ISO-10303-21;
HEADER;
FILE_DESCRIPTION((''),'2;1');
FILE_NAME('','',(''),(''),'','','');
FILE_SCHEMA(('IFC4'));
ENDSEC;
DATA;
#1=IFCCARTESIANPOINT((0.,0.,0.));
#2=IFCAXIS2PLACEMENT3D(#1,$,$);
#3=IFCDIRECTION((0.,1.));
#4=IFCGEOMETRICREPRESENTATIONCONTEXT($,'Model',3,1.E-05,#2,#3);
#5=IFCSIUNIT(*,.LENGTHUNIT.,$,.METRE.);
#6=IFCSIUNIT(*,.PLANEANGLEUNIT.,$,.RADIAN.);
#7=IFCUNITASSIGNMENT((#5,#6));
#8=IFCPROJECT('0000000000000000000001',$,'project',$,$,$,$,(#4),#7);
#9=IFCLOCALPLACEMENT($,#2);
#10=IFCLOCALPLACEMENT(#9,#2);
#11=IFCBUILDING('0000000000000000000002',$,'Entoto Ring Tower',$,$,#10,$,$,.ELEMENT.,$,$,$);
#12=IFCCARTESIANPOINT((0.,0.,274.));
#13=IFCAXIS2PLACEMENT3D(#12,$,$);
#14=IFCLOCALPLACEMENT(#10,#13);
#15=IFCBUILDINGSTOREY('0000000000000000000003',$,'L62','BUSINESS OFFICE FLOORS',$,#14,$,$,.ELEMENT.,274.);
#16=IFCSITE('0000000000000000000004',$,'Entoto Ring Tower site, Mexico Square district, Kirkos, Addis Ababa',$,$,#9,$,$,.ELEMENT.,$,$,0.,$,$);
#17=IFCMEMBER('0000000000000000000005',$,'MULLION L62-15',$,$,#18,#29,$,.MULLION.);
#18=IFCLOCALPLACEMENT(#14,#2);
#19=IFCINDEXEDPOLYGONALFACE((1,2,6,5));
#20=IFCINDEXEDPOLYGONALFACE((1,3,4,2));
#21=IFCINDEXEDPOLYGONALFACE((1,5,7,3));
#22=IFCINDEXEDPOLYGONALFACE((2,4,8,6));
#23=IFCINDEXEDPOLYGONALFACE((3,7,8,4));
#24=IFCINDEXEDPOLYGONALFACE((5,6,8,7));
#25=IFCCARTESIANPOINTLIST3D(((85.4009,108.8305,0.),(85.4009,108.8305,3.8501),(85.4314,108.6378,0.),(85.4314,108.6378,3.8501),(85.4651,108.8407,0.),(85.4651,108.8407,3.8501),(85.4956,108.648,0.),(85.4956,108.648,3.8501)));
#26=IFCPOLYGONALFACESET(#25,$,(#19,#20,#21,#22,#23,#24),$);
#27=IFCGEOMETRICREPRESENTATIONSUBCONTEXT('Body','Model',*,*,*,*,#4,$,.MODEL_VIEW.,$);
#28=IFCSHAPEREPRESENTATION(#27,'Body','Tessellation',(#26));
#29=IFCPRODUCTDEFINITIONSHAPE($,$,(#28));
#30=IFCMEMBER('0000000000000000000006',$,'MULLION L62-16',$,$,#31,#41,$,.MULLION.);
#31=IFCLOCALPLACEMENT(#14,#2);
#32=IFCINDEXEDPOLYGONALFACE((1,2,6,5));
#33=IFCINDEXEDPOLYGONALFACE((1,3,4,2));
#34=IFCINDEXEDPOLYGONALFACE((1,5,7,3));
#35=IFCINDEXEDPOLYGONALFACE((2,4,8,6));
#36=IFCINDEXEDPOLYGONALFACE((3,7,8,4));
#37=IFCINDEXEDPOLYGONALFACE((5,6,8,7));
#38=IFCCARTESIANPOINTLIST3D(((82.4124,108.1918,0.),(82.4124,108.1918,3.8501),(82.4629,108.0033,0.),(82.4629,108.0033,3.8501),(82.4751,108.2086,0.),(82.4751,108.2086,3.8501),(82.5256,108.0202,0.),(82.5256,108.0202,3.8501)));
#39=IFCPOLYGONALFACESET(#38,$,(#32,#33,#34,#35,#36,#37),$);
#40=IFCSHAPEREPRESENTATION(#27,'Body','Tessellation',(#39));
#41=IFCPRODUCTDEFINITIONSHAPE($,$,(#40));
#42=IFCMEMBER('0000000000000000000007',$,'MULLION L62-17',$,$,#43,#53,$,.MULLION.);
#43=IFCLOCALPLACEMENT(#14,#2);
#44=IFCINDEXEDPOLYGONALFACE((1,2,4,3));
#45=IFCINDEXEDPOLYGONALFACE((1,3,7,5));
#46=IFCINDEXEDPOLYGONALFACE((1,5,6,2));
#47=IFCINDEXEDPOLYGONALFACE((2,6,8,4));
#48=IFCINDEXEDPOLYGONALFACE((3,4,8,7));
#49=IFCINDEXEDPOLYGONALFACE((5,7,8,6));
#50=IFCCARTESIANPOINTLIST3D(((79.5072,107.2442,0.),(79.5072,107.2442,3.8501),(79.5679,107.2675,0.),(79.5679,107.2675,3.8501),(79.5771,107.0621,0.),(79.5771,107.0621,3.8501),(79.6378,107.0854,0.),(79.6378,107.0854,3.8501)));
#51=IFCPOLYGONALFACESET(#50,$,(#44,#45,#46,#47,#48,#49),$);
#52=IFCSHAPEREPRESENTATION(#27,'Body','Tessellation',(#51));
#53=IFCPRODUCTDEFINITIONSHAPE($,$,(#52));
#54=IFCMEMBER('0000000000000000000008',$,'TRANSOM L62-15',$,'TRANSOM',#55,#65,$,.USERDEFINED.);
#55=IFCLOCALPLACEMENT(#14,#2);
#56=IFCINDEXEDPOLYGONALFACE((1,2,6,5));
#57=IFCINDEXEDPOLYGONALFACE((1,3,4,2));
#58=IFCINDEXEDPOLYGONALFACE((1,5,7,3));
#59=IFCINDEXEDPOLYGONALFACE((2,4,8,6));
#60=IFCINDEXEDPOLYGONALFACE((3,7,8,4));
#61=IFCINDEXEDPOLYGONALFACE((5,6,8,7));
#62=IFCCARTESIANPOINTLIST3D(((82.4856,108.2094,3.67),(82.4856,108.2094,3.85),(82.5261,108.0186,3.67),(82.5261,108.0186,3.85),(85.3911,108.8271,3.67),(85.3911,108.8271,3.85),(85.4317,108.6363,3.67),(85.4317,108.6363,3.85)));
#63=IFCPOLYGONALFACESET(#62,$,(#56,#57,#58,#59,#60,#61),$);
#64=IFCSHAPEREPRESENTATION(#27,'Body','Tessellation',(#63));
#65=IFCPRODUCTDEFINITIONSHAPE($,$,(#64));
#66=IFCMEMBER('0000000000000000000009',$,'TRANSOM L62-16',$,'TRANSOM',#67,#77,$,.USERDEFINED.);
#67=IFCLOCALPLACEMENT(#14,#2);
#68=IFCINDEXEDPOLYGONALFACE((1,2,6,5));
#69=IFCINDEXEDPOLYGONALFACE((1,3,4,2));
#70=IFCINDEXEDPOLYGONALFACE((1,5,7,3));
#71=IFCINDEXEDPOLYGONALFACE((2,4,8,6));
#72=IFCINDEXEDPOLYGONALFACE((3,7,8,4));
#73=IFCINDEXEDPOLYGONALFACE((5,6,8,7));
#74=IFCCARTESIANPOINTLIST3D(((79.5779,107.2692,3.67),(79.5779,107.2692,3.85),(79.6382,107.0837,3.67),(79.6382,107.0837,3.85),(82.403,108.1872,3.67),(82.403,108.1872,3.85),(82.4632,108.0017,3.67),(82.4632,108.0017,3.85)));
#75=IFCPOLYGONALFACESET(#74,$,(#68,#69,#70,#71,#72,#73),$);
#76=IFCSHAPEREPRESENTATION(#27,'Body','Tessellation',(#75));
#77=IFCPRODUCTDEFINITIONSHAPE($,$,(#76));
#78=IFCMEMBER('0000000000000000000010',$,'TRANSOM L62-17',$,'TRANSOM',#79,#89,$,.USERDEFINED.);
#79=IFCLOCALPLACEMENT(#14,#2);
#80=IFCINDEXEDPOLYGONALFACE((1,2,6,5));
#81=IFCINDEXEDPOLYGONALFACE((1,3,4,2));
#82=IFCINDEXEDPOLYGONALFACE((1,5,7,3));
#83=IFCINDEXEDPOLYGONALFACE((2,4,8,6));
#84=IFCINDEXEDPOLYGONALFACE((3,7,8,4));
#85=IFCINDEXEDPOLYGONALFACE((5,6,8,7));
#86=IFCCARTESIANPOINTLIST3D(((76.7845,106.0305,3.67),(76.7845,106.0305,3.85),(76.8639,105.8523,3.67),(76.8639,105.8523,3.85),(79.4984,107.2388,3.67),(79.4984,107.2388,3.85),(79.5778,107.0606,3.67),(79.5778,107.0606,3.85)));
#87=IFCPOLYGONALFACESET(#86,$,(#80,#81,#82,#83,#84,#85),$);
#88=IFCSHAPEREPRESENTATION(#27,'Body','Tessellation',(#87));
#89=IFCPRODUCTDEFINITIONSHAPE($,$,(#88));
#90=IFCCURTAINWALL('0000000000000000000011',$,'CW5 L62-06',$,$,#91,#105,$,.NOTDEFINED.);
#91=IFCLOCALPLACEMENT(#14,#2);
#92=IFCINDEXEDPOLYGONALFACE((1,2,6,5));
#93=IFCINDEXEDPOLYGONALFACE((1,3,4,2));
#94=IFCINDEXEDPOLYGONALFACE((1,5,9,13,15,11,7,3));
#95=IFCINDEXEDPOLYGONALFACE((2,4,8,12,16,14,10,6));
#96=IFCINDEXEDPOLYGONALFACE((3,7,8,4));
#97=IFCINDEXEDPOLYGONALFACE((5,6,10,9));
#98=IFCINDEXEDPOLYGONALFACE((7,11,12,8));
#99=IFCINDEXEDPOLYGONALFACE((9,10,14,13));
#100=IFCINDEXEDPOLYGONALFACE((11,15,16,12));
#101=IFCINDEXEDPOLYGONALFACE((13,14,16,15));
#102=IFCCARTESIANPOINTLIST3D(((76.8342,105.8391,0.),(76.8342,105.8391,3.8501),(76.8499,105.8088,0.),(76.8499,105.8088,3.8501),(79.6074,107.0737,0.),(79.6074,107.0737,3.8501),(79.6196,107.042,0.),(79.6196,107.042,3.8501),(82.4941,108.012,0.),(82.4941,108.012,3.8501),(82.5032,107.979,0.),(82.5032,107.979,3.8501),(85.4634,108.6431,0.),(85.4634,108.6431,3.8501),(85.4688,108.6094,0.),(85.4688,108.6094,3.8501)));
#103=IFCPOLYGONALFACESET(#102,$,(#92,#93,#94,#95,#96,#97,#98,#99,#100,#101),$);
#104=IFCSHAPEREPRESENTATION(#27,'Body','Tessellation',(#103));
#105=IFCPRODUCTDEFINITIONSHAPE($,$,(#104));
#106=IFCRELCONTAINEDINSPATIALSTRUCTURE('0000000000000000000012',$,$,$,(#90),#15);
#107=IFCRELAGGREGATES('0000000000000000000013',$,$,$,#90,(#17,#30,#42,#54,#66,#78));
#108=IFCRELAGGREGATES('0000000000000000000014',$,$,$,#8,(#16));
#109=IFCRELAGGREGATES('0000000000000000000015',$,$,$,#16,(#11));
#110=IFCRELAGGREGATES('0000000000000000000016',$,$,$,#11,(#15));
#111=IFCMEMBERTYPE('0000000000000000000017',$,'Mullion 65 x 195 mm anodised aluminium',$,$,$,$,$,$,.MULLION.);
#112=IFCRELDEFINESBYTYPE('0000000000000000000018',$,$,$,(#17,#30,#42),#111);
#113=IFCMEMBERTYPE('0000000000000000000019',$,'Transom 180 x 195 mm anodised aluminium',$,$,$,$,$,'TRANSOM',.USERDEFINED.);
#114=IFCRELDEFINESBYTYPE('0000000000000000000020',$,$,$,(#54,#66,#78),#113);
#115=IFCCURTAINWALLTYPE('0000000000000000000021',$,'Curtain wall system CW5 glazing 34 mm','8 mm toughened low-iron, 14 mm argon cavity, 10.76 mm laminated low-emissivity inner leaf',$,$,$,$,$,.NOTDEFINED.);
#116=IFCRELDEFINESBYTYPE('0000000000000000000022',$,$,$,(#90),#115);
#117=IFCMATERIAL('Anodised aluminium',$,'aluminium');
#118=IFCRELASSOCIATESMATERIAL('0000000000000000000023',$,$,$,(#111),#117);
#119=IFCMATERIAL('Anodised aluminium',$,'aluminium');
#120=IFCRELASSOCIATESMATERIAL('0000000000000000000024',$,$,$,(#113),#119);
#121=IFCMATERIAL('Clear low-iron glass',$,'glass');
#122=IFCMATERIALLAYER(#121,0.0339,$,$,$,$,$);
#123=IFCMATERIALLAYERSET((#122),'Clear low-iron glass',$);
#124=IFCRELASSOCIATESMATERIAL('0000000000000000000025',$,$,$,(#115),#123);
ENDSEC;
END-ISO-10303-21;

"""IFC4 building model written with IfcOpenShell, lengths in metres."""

from ifc_helpers import new_model, si_unit, direction, frame, origin, origin_2d, place, context, subcontext, project, spatial, polyline, rectangle, outline, extrude, material, layer, layer_set, material_profile, profile_set, type_object, element, aggregate, save


model = new_model("IFC4")

# Units and contexts
model_context = context("Model", 3, precision=1e-05, world=origin(), true_north=direction((0.0, 1.0)))
body_context = subcontext(model_context, "Body", "Model", "MODEL_VIEW")
ifc_project = project(units=[si_unit("LENGTHUNIT", "METRE"), si_unit("PLANEANGLEUNIT", "RADIAN")], contexts=[model_context])

# Members
ifc_material_1 = material(Name="Anodised aluminium", Category="aluminium")
ifc_material_profile_1 = material_profile(ifc_material_1, rectangle(XDim=0.0649, YDim=0.1951, at=origin_2d()), Name="Mullion 65 x 195 mm anodised aluminium")
ifc_profile_set_1 = profile_set([ifc_material_profile_1], Name="Anodised aluminium")
member_type_1 = type_object("IfcMemberType", Name="Mullion 65 x 195 mm anodised aluminium", PredefinedType="MULLION", material=ifc_profile_set_1)
site_placement = place(None, origin())
building_placement = place(site_placement, origin())
storey_placement = place(building_placement, frame((0.0, 0.0, 274.0)))
member_1_placement = place(storey_placement, frame((85.4482, 108.7393, 0.0), z_axis=(0.0, 0.0, 1.0), x_axis=(-0.987688, -0.156434, 0.0)))
member_1 = element("IfcMember", 1, at=member_1_placement, type_object=member_type_1, Name="MULLION L62-15", PredefinedType="MULLION", context=body_context, shape_type="SweptSolid", body=[
    extrude(rectangle(XDim=0.0649, YDim=0.1951, at=origin_2d()), origin(), (0.0, 0.0, 1.0), 3.8501),
])
member_2_placement = place(storey_placement, frame((82.469, 108.106, 0.0), z_axis=(0.0, 0.0, 1.0), x_axis=(-0.965926, -0.258819, 0.0)))
member_2 = element("IfcMember", 2, at=member_2_placement, type_object=member_type_1, Name="MULLION L62-16", PredefinedType="MULLION", context=body_context, shape_type="SweptSolid", body=[
    extrude(rectangle(XDim=0.0649, YDim=0.1951, at=origin_2d()), origin(), (0.0, 0.0, 1.0), 3.8501),
])
member_3_placement = place(storey_placement, frame((79.5725, 107.1648, 0.0), z_axis=(0.0, 0.0, 1.0), x_axis=(-0.93358, -0.358368, 0.0)))
member_3 = element("IfcMember", 3, at=member_3_placement, type_object=member_type_1, Name="MULLION L62-17", PredefinedType="MULLION", context=body_context, shape_type="SweptSolid", body=[
    extrude(rectangle(XDim=0.0649, YDim=0.1951, at=origin_2d()), origin(), (0.0, 0.0, 1.0), 3.8501),
])
ifc_material_2 = material(Name="Anodised aluminium", Category="aluminium")
ifc_material_profile_2 = material_profile(ifc_material_2, rectangle(XDim=0.1951, YDim=0.1799, at=origin_2d()), Name="Transom 180 x 195 mm anodised aluminium")
ifc_profile_set_2 = profile_set([ifc_material_profile_2], Name="Anodised aluminium")
member_type_2 = type_object("IfcMemberType", Name="Transom 180 x 195 mm anodised aluminium", ElementType="TRANSOM", PredefinedType="USERDEFINED", material=ifc_profile_set_2)
member_4_placement = place(storey_placement, frame((85.4114, 108.7317, 3.76), z_axis=(-0.978142, -0.20794, 0.0), x_axis=(0.20794, -0.978142, 0.0)))
member_4 = element("IfcMember", 4, at=member_4_placement, type_object=member_type_2, Name="TRANSOM L62-15", ObjectType="TRANSOM", PredefinedType="USERDEFINED", context=body_context, shape_type="SweptSolid", body=[
    extrude(rectangle(XDim=0.1951, YDim=0.1799, at=origin_2d()), origin(), (0.0, 0.0, 1.0), 2.9705),
])
member_5_placement = place(storey_placement, frame((82.4331, 108.0945, 3.76), z_axis=(-0.951048, -0.309043, 0.0), x_axis=(0.309043, -0.951048, 0.0)))
member_5 = element("IfcMember", 5, at=member_5_placement, type_object=member_type_2, Name="TRANSOM L62-16", ObjectType="TRANSOM", PredefinedType="USERDEFINED", context=body_context, shape_type="SweptSolid", body=[
    extrude(rectangle(XDim=0.1951, YDim=0.1799, at=origin_2d()), origin(), (0.0, 0.0, 1.0), 2.9705),
])
member_6_placement = place(storey_placement, frame((79.5381, 107.1497, 3.76), z_axis=(-0.91355, -0.406726, 0.0), x_axis=(0.406726, -0.91355, 0.0)))
member_6 = element("IfcMember", 6, at=member_6_placement, type_object=member_type_2, Name="TRANSOM L62-17", ObjectType="TRANSOM", PredefinedType="USERDEFINED", context=body_context, shape_type="SweptSolid", body=[
    extrude(rectangle(XDim=0.1951, YDim=0.1799, at=origin_2d()), origin(), (0.0, 0.0, 1.0), 2.9707),
])

# Site, building, storey
site = spatial("IfcSite", under=ifc_project, at=site_placement, Name="Entoto Ring Tower site, Mexico Square district, Kirkos, Addis Ababa", CompositionType="ELEMENT", RefElevation=0.0)
building = spatial("IfcBuilding", under=site, at=building_placement, Name="Entoto Ring Tower", CompositionType="ELEMENT")
storey = spatial("IfcBuildingStorey", under=building, at=storey_placement, Name="L62", Description="BUSINESS OFFICE FLOORS", CompositionType="ELEMENT", Elevation=274.0)

# Curtain wall
ifc_material_3 = material(Name="Clear low-iron glass", Category="glass")
ifc_layer = layer(ifc_material_3, 0.0339)
ifc_layer_set = layer_set([ifc_layer], Name="Clear low-iron glass")
curtain_wall_type = type_object("IfcCurtainWallType", Name="Curtain wall system CW5 glazing 34 mm", Description="8 mm toughened low-iron, 14 mm argon cavity, 10.76 mm laminated low-emissivity inner leaf", PredefinedType="NOTDEFINED", material=ifc_layer_set)
curtain_wall_1_placement = place(storey_placement, origin())
curtain_wall_1 = element("IfcCurtainWall", 7, at=curtain_wall_1_placement, inside=storey, type_object=curtain_wall_type, Name="CW5 L62-06", PredefinedType="NOTDEFINED", context=body_context, shape_type="SweptSolid", body=[
    extrude(outline(polyline([(85.4634, 108.6431), (82.4941, 108.012), (79.6074, 107.0737), (76.8342, 105.8391), (76.8499, 105.8088), (79.6196, 107.042), (82.5032, 107.979), (85.4688, 108.6094), (85.4634, 108.6431)])), origin(), (0.0, 0.0, 1.0), 3.8501),
])
aggregate(curtain_wall_1, [member_1, member_2, member_3, member_4, member_5, member_6])

save(model, "model.ifc")
